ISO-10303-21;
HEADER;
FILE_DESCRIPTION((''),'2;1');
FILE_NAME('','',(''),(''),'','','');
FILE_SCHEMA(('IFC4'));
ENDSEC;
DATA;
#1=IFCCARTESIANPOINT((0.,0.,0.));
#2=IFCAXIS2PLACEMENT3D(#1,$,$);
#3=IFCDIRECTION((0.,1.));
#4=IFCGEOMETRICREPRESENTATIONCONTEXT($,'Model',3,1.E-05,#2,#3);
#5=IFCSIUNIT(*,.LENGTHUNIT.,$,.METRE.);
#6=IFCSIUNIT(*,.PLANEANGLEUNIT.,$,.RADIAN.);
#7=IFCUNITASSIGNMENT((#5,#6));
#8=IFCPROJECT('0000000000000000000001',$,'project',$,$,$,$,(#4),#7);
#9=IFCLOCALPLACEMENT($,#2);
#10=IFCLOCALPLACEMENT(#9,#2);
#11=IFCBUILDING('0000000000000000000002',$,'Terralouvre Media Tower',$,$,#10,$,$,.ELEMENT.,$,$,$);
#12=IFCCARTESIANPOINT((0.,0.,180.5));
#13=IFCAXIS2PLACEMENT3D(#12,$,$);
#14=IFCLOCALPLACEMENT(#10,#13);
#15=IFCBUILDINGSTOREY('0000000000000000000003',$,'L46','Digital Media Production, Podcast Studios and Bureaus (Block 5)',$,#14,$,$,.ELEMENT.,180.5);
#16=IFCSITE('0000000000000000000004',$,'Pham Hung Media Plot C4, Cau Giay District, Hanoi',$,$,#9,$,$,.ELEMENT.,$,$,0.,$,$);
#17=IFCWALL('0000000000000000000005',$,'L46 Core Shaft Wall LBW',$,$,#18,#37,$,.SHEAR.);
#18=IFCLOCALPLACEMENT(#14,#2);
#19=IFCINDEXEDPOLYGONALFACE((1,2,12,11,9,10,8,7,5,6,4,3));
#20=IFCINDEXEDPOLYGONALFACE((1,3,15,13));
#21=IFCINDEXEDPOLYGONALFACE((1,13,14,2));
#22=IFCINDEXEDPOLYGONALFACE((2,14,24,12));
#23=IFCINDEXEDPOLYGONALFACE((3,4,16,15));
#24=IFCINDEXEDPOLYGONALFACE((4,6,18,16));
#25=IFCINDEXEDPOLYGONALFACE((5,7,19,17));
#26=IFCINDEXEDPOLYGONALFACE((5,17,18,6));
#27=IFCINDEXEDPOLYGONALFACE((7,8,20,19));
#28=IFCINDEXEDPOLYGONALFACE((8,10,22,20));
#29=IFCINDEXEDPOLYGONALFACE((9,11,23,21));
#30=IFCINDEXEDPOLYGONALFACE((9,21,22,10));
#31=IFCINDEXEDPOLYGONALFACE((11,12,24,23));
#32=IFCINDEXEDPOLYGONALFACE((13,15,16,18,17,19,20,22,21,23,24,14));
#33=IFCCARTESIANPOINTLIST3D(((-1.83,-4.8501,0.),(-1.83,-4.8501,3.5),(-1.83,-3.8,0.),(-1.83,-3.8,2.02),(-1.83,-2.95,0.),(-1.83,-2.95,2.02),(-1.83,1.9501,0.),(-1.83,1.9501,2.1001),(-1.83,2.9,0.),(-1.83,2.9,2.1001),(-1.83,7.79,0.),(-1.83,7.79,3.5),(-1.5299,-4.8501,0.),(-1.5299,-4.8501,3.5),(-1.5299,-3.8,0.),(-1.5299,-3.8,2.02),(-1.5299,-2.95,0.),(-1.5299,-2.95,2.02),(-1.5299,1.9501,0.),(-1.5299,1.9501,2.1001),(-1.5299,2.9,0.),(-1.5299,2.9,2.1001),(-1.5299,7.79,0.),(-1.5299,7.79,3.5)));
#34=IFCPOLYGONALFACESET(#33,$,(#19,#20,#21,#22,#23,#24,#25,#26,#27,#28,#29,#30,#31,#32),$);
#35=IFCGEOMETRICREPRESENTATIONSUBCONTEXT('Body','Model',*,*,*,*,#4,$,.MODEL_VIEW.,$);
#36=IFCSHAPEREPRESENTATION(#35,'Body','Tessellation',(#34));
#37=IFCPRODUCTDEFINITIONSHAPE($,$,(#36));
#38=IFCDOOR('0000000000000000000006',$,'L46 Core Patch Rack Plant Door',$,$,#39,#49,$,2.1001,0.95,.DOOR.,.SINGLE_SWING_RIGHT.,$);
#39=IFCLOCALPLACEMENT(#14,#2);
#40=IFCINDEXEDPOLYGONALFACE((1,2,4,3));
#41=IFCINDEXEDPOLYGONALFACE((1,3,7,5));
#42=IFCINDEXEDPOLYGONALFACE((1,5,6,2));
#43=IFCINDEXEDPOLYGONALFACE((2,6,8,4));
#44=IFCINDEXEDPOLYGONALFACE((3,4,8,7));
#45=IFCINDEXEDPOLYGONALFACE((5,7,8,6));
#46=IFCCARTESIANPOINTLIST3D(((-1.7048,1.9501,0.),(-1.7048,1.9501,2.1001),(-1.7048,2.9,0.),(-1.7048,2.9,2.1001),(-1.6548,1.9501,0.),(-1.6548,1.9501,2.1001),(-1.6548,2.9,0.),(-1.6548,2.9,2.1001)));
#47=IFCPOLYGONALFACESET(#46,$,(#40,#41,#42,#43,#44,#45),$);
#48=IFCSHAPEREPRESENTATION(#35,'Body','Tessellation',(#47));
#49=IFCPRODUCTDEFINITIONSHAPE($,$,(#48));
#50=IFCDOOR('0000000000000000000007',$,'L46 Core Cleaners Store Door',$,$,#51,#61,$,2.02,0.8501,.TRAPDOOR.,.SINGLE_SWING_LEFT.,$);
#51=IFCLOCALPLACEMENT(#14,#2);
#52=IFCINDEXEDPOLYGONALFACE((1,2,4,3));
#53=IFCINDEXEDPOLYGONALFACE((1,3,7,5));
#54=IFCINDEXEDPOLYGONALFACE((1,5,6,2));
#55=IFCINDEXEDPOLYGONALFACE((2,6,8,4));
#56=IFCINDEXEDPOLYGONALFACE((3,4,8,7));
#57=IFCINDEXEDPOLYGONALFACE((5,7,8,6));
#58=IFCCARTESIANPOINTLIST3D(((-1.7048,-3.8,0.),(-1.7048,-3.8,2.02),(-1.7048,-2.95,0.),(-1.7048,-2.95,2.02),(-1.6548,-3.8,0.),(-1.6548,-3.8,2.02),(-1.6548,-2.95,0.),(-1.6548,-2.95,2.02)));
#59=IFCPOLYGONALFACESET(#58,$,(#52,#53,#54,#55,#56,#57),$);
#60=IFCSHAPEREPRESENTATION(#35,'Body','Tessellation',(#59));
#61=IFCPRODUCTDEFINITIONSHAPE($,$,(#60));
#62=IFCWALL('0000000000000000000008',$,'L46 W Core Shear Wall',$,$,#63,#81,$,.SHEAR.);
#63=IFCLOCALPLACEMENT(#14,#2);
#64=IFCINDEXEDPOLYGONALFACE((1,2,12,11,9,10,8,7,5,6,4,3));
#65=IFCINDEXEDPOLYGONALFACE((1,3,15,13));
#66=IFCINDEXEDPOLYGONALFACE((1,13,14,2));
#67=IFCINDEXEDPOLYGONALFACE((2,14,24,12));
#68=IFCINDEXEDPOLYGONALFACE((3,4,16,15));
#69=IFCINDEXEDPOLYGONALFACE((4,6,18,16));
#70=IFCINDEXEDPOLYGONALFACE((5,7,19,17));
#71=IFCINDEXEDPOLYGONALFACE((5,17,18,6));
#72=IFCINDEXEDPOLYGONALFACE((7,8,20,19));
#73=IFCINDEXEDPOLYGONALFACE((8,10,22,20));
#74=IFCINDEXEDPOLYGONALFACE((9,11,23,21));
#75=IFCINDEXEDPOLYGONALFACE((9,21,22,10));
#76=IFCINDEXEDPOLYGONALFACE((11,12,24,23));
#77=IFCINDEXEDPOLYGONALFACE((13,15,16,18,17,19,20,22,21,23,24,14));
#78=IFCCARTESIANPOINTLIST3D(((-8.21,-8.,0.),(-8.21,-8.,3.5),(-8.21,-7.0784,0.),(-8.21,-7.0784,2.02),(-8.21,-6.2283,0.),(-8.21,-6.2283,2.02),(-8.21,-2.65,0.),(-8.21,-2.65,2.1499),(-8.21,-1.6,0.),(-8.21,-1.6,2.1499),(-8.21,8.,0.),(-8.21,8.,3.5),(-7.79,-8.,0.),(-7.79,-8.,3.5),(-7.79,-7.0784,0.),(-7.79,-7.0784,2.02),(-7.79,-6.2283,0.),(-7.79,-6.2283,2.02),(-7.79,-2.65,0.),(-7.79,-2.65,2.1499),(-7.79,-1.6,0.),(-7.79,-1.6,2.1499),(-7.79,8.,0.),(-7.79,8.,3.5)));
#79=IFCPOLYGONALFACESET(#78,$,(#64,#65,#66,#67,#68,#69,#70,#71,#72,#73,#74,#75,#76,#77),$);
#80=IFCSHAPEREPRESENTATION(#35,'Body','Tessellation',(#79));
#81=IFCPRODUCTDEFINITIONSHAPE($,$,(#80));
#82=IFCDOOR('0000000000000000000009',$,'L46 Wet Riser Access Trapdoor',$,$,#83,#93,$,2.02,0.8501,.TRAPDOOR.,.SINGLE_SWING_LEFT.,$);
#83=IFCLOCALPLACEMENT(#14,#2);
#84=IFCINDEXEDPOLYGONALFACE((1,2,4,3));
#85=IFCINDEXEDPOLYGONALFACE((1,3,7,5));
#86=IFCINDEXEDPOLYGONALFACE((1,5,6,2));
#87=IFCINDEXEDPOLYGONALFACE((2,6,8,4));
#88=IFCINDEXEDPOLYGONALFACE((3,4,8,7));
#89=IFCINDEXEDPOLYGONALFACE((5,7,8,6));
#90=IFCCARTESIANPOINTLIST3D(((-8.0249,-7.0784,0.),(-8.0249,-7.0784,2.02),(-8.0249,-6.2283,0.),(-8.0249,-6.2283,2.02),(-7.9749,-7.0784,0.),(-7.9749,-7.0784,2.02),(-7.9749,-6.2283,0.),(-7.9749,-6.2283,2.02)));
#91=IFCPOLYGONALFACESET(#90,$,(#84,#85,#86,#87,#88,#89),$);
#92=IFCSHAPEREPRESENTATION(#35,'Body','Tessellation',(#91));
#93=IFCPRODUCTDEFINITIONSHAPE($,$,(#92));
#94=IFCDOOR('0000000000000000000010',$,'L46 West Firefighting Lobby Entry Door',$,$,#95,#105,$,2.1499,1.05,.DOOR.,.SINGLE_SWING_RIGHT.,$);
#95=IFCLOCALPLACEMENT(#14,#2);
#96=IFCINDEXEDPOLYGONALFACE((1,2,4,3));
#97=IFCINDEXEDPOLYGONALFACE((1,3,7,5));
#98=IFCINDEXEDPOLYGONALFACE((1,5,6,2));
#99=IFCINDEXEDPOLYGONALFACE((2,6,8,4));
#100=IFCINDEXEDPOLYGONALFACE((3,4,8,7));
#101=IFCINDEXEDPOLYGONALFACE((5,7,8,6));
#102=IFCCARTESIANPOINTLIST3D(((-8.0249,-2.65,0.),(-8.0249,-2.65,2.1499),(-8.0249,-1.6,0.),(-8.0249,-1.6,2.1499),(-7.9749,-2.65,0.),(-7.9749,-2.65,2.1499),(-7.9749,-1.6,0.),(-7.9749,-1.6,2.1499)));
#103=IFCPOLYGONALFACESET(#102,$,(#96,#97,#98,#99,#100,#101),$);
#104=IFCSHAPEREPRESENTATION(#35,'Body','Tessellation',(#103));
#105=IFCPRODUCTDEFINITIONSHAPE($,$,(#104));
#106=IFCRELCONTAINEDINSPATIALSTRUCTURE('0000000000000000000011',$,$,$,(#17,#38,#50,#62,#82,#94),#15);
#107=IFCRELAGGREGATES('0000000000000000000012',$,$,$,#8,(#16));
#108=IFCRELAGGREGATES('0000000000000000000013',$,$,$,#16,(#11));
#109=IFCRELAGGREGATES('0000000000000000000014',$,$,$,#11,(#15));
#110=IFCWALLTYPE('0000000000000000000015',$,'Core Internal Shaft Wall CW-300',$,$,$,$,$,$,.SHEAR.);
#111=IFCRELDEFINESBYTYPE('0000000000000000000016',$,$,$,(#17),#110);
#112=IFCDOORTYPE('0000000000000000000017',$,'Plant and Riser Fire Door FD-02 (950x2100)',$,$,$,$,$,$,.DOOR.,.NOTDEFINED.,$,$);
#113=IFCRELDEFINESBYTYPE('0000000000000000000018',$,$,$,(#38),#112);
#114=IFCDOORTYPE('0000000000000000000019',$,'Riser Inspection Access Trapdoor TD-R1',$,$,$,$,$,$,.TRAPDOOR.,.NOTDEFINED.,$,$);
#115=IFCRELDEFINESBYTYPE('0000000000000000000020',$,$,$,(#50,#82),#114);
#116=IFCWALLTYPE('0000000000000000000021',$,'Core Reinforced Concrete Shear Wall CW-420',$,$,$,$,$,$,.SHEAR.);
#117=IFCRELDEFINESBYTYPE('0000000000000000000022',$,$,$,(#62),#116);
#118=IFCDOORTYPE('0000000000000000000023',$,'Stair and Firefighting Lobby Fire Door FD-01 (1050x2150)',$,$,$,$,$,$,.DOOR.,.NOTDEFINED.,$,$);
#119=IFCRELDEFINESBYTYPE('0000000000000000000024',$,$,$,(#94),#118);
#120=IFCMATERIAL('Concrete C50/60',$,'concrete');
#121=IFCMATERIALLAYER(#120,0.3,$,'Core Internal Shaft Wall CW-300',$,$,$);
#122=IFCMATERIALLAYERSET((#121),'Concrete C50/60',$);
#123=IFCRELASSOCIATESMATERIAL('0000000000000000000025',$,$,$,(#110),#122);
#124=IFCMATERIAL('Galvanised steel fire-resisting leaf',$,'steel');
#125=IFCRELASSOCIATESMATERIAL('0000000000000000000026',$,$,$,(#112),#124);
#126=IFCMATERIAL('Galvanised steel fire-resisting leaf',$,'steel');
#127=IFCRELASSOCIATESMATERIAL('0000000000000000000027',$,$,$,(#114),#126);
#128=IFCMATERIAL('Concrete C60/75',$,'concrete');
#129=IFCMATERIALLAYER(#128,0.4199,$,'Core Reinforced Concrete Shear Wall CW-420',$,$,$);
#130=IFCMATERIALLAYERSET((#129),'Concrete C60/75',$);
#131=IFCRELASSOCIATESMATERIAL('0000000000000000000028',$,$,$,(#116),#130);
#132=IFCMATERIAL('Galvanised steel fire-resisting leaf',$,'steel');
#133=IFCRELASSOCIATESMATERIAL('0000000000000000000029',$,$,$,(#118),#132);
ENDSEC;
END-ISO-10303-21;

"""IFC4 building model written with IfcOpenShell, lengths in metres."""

from ifc_helpers import new_model, si_unit, direction, frame, frame_2d, origin, place, context, subcontext, project, spatial, rectangle, extrude, material, layer, layer_set, type_object, element, fill, save


model = new_model("IFC4")

# Units and contexts
model_context = context("Model", 3, precision=1e-05, world=origin(), true_north=direction((0.0, 1.0)))
body_context = subcontext(model_context, "Body", "Model", "MODEL_VIEW")
ifc_project = project(units=[si_unit("LENGTHUNIT", "METRE"), si_unit("PLANEANGLEUNIT", "RADIAN")], contexts=[model_context])

# Site, building, storey
site_placement = place(None, origin())
site = spatial("IfcSite", under=ifc_project, at=site_placement, Name="Pham Hung Media Plot C4, Cau Giay District, Hanoi", CompositionType="ELEMENT", RefElevation=0.0)
building_placement = place(site_placement, origin())
building = spatial("IfcBuilding", under=site, at=building_placement, Name="Terralouvre Media Tower", CompositionType="ELEMENT")
storey_placement = place(building_placement, frame((0.0, 0.0, 180.5)))
storey = spatial("IfcBuildingStorey", under=building, at=storey_placement, Name="L46", Description="Digital Media Production, Podcast Studios and Bureaus (Block 5)", CompositionType="ELEMENT", Elevation=180.5)

# Shared definitions
ifc_material_1 = material(Name="Concrete C50/60", Category="concrete")
ifc_layer_1 = layer(ifc_material_1, 0.3, Name="Core Internal Shaft Wall CW-300")
ifc_layer_set_1 = layer_set([ifc_layer_1], Name="Concrete C50/60")
wall_type_1 = type_object("IfcWallType", Name="Core Internal Shaft Wall CW-300", PredefinedType="SHEAR", material=ifc_layer_set_1)

# Walls, openings, doors
wall_1_placement = place(storey_placement, frame((-1.6799, -4.8501, 0.0), z_axis=(0.0, 0.0, 1.0), x_axis=(0.0, 1.0, 0.0)))
wall_1 = element("IfcWall", 1, at=wall_1_placement, inside=storey, type_object=wall_type_1, Name="L46 Core Shaft Wall LBW", PredefinedType="SHEAR", context=body_context, shape_type="SweptSolid", body=[
    extrude(rectangle(XDim=12.6401, YDim=0.3, at=frame_2d((6.3201, 0.0))), origin(), (0.0, 0.0, 1.0), 3.5),
])
opening_1_placement = place(wall_1_placement, frame((1.05, 0.0, 0.0)))
opening_1 = element("IfcOpeningElement", 2, at=opening_1_placement, cuts=wall_1, PredefinedType="OPENING", context=body_context, shape_type="SweptSolid", body=[
    extrude(rectangle(XDim=0.8501, YDim=2.02, at=frame_2d((0.425, 1.01))), frame((0.0, 0.1599, 0.0), z_axis=(0.0, -1.0, 0.0), x_axis=(1.0, 0.0, 0.0)), (0.0, 0.0, 1.0), 0.3201),
])
opening_2_placement = place(wall_1_placement, frame((6.8, 0.0, 0.0)))
opening_2 = element("IfcOpeningElement", 3, at=opening_2_placement, cuts=wall_1, PredefinedType="OPENING", context=body_context, shape_type="SweptSolid", body=[
    extrude(rectangle(XDim=0.95, YDim=2.1001, at=frame_2d((0.4751, 1.05))), frame((0.0, 0.1599, 0.0), z_axis=(0.0, -1.0, 0.0), x_axis=(1.0, 0.0, 0.0)), (0.0, 0.0, 1.0), 0.3201),
])
ifc_material_2 = material(Name="Galvanised steel fire-resisting leaf", Category="steel")
door_type_1 = type_object("IfcDoorType", Name="Plant and Riser Fire Door FD-02 (950x2100)", OperationType="NOTDEFINED", PredefinedType="DOOR", material=ifc_material_2)
door_1_placement = place(opening_2_placement, origin())
door_1 = element("IfcDoor", 4, at=door_1_placement, inside=storey, type_object=door_type_1, Name="L46 Core Patch Rack Plant Door", OperationType="SINGLE_SWING_RIGHT", OverallHeight=2.1001, OverallWidth=0.95, PredefinedType="DOOR", context=body_context, shape_type="SweptSolid", body=[
    extrude(rectangle(XDim=0.95, YDim=2.1001, at=frame_2d((0.4751, 1.05))), frame((0.0, 0.0249, 0.0), z_axis=(0.0, -1.0, 0.0), x_axis=(1.0, 0.0, 0.0)), (0.0, 0.0, 1.0), 0.05),
])
fill(opening_2, door_1)
ifc_material_3 = material(Name="Galvanised steel fire-resisting leaf", Category="steel")
door_type_2 = type_object("IfcDoorType", Name="Riser Inspection Access Trapdoor TD-R1", OperationType="NOTDEFINED", PredefinedType="TRAPDOOR", material=ifc_material_3)
door_2_placement = place(opening_1_placement, origin())
door_2 = element("IfcDoor", 5, at=door_2_placement, inside=storey, type_object=door_type_2, Name="L46 Core Cleaners Store Door", OperationType="SINGLE_SWING_LEFT", OverallHeight=2.02, OverallWidth=0.8501, PredefinedType="TRAPDOOR", context=body_context, shape_type="SweptSolid", body=[
    extrude(rectangle(XDim=0.8501, YDim=2.02, at=frame_2d((0.425, 1.01))), frame((0.0, 0.0249, 0.0), z_axis=(0.0, -1.0, 0.0), x_axis=(1.0, 0.0, 0.0)), (0.0, 0.0, 1.0), 0.05),
])
fill(opening_1, door_2)
ifc_material_4 = material(Name="Concrete C60/75", Category="concrete")
ifc_layer_2 = layer(ifc_material_4, 0.4199, Name="Core Reinforced Concrete Shear Wall CW-420")
ifc_layer_set_2 = layer_set([ifc_layer_2], Name="Concrete C60/75")
wall_type_2 = type_object("IfcWallType", Name="Core Reinforced Concrete Shear Wall CW-420", PredefinedType="SHEAR", material=ifc_layer_set_2)
wall_2_placement = place(storey_placement, frame((-8.0, -8.0, 0.0), z_axis=(0.0, 0.0, 1.0), x_axis=(0.0, 1.0, 0.0)))
wall_2 = element("IfcWall", 6, at=wall_2_placement, inside=storey, type_object=wall_type_2, Name="L46 W Core Shear Wall", PredefinedType="SHEAR", context=body_context, shape_type="SweptSolid", body=[
    extrude(rectangle(XDim=16.0, YDim=0.4199, at=frame_2d((8.0, 0.0))), origin(), (0.0, 0.0, 1.0), 3.5),
])
opening_3_placement = place(wall_2_placement, frame((0.9216, 0.0, 0.0)))
opening_3 = element("IfcOpeningElement", 7, at=opening_3_placement, cuts=wall_2, PredefinedType="OPENING", context=body_context, shape_type="SweptSolid", body=[
    extrude(rectangle(XDim=0.8501, YDim=2.02, at=frame_2d((0.425, 1.01))), frame((0.0, 0.22, 0.0), z_axis=(0.0, -1.0, 0.0), x_axis=(1.0, 0.0, 0.0)), (0.0, 0.0, 1.0), 0.4399),
])
opening_4_placement = place(wall_2_placement, frame((5.3501, 0.0, 0.0)))
opening_4 = element("IfcOpeningElement", 8, at=opening_4_placement, cuts=wall_2, PredefinedType="OPENING", context=body_context, shape_type="SweptSolid", body=[
    extrude(rectangle(XDim=1.05, YDim=2.1499, at=frame_2d((0.5249, 1.075))), frame((0.0, 0.22, 0.0), z_axis=(0.0, -1.0, 0.0), x_axis=(1.0, 0.0, 0.0)), (0.0, 0.0, 1.0), 0.4399),
])
door_3_placement = place(opening_3_placement, origin())
door_3 = element("IfcDoor", 9, at=door_3_placement, inside=storey, type_object=door_type_2, Name="L46 Wet Riser Access Trapdoor", OperationType="SINGLE_SWING_LEFT", OverallHeight=2.02, OverallWidth=0.8501, PredefinedType="TRAPDOOR", context=body_context, shape_type="SweptSolid", body=[
    extrude(rectangle(XDim=0.8501, YDim=2.02, at=frame_2d((0.425, 1.01))), frame((0.0, 0.0249, 0.0), z_axis=(0.0, -1.0, 0.0), x_axis=(1.0, 0.0, 0.0)), (0.0, 0.0, 1.0), 0.05),
])
fill(opening_3, door_3)
ifc_material_5 = material(Name="Galvanised steel fire-resisting leaf", Category="steel")
door_type_3 = type_object("IfcDoorType", Name="Stair and Firefighting Lobby Fire Door FD-01 (1050x2150)", OperationType="NOTDEFINED", PredefinedType="DOOR", material=ifc_material_5)
door_4_placement = place(opening_4_placement, origin())
door_4 = element("IfcDoor", 10, at=door_4_placement, inside=storey, type_object=door_type_3, Name="L46 West Firefighting Lobby Entry Door", OperationType="SINGLE_SWING_RIGHT", OverallHeight=2.1499, OverallWidth=1.05, PredefinedType="DOOR", context=body_context, shape_type="SweptSolid", body=[
    extrude(rectangle(XDim=1.05, YDim=2.1499, at=frame_2d((0.5249, 1.075))), frame((0.0, 0.0249, 0.0), z_axis=(0.0, -1.0, 0.0), x_axis=(1.0, 0.0, 0.0)), (0.0, 0.0, 1.0), 0.05),
])
fill(opening_4, door_4)

save(model, "model.ifc")
